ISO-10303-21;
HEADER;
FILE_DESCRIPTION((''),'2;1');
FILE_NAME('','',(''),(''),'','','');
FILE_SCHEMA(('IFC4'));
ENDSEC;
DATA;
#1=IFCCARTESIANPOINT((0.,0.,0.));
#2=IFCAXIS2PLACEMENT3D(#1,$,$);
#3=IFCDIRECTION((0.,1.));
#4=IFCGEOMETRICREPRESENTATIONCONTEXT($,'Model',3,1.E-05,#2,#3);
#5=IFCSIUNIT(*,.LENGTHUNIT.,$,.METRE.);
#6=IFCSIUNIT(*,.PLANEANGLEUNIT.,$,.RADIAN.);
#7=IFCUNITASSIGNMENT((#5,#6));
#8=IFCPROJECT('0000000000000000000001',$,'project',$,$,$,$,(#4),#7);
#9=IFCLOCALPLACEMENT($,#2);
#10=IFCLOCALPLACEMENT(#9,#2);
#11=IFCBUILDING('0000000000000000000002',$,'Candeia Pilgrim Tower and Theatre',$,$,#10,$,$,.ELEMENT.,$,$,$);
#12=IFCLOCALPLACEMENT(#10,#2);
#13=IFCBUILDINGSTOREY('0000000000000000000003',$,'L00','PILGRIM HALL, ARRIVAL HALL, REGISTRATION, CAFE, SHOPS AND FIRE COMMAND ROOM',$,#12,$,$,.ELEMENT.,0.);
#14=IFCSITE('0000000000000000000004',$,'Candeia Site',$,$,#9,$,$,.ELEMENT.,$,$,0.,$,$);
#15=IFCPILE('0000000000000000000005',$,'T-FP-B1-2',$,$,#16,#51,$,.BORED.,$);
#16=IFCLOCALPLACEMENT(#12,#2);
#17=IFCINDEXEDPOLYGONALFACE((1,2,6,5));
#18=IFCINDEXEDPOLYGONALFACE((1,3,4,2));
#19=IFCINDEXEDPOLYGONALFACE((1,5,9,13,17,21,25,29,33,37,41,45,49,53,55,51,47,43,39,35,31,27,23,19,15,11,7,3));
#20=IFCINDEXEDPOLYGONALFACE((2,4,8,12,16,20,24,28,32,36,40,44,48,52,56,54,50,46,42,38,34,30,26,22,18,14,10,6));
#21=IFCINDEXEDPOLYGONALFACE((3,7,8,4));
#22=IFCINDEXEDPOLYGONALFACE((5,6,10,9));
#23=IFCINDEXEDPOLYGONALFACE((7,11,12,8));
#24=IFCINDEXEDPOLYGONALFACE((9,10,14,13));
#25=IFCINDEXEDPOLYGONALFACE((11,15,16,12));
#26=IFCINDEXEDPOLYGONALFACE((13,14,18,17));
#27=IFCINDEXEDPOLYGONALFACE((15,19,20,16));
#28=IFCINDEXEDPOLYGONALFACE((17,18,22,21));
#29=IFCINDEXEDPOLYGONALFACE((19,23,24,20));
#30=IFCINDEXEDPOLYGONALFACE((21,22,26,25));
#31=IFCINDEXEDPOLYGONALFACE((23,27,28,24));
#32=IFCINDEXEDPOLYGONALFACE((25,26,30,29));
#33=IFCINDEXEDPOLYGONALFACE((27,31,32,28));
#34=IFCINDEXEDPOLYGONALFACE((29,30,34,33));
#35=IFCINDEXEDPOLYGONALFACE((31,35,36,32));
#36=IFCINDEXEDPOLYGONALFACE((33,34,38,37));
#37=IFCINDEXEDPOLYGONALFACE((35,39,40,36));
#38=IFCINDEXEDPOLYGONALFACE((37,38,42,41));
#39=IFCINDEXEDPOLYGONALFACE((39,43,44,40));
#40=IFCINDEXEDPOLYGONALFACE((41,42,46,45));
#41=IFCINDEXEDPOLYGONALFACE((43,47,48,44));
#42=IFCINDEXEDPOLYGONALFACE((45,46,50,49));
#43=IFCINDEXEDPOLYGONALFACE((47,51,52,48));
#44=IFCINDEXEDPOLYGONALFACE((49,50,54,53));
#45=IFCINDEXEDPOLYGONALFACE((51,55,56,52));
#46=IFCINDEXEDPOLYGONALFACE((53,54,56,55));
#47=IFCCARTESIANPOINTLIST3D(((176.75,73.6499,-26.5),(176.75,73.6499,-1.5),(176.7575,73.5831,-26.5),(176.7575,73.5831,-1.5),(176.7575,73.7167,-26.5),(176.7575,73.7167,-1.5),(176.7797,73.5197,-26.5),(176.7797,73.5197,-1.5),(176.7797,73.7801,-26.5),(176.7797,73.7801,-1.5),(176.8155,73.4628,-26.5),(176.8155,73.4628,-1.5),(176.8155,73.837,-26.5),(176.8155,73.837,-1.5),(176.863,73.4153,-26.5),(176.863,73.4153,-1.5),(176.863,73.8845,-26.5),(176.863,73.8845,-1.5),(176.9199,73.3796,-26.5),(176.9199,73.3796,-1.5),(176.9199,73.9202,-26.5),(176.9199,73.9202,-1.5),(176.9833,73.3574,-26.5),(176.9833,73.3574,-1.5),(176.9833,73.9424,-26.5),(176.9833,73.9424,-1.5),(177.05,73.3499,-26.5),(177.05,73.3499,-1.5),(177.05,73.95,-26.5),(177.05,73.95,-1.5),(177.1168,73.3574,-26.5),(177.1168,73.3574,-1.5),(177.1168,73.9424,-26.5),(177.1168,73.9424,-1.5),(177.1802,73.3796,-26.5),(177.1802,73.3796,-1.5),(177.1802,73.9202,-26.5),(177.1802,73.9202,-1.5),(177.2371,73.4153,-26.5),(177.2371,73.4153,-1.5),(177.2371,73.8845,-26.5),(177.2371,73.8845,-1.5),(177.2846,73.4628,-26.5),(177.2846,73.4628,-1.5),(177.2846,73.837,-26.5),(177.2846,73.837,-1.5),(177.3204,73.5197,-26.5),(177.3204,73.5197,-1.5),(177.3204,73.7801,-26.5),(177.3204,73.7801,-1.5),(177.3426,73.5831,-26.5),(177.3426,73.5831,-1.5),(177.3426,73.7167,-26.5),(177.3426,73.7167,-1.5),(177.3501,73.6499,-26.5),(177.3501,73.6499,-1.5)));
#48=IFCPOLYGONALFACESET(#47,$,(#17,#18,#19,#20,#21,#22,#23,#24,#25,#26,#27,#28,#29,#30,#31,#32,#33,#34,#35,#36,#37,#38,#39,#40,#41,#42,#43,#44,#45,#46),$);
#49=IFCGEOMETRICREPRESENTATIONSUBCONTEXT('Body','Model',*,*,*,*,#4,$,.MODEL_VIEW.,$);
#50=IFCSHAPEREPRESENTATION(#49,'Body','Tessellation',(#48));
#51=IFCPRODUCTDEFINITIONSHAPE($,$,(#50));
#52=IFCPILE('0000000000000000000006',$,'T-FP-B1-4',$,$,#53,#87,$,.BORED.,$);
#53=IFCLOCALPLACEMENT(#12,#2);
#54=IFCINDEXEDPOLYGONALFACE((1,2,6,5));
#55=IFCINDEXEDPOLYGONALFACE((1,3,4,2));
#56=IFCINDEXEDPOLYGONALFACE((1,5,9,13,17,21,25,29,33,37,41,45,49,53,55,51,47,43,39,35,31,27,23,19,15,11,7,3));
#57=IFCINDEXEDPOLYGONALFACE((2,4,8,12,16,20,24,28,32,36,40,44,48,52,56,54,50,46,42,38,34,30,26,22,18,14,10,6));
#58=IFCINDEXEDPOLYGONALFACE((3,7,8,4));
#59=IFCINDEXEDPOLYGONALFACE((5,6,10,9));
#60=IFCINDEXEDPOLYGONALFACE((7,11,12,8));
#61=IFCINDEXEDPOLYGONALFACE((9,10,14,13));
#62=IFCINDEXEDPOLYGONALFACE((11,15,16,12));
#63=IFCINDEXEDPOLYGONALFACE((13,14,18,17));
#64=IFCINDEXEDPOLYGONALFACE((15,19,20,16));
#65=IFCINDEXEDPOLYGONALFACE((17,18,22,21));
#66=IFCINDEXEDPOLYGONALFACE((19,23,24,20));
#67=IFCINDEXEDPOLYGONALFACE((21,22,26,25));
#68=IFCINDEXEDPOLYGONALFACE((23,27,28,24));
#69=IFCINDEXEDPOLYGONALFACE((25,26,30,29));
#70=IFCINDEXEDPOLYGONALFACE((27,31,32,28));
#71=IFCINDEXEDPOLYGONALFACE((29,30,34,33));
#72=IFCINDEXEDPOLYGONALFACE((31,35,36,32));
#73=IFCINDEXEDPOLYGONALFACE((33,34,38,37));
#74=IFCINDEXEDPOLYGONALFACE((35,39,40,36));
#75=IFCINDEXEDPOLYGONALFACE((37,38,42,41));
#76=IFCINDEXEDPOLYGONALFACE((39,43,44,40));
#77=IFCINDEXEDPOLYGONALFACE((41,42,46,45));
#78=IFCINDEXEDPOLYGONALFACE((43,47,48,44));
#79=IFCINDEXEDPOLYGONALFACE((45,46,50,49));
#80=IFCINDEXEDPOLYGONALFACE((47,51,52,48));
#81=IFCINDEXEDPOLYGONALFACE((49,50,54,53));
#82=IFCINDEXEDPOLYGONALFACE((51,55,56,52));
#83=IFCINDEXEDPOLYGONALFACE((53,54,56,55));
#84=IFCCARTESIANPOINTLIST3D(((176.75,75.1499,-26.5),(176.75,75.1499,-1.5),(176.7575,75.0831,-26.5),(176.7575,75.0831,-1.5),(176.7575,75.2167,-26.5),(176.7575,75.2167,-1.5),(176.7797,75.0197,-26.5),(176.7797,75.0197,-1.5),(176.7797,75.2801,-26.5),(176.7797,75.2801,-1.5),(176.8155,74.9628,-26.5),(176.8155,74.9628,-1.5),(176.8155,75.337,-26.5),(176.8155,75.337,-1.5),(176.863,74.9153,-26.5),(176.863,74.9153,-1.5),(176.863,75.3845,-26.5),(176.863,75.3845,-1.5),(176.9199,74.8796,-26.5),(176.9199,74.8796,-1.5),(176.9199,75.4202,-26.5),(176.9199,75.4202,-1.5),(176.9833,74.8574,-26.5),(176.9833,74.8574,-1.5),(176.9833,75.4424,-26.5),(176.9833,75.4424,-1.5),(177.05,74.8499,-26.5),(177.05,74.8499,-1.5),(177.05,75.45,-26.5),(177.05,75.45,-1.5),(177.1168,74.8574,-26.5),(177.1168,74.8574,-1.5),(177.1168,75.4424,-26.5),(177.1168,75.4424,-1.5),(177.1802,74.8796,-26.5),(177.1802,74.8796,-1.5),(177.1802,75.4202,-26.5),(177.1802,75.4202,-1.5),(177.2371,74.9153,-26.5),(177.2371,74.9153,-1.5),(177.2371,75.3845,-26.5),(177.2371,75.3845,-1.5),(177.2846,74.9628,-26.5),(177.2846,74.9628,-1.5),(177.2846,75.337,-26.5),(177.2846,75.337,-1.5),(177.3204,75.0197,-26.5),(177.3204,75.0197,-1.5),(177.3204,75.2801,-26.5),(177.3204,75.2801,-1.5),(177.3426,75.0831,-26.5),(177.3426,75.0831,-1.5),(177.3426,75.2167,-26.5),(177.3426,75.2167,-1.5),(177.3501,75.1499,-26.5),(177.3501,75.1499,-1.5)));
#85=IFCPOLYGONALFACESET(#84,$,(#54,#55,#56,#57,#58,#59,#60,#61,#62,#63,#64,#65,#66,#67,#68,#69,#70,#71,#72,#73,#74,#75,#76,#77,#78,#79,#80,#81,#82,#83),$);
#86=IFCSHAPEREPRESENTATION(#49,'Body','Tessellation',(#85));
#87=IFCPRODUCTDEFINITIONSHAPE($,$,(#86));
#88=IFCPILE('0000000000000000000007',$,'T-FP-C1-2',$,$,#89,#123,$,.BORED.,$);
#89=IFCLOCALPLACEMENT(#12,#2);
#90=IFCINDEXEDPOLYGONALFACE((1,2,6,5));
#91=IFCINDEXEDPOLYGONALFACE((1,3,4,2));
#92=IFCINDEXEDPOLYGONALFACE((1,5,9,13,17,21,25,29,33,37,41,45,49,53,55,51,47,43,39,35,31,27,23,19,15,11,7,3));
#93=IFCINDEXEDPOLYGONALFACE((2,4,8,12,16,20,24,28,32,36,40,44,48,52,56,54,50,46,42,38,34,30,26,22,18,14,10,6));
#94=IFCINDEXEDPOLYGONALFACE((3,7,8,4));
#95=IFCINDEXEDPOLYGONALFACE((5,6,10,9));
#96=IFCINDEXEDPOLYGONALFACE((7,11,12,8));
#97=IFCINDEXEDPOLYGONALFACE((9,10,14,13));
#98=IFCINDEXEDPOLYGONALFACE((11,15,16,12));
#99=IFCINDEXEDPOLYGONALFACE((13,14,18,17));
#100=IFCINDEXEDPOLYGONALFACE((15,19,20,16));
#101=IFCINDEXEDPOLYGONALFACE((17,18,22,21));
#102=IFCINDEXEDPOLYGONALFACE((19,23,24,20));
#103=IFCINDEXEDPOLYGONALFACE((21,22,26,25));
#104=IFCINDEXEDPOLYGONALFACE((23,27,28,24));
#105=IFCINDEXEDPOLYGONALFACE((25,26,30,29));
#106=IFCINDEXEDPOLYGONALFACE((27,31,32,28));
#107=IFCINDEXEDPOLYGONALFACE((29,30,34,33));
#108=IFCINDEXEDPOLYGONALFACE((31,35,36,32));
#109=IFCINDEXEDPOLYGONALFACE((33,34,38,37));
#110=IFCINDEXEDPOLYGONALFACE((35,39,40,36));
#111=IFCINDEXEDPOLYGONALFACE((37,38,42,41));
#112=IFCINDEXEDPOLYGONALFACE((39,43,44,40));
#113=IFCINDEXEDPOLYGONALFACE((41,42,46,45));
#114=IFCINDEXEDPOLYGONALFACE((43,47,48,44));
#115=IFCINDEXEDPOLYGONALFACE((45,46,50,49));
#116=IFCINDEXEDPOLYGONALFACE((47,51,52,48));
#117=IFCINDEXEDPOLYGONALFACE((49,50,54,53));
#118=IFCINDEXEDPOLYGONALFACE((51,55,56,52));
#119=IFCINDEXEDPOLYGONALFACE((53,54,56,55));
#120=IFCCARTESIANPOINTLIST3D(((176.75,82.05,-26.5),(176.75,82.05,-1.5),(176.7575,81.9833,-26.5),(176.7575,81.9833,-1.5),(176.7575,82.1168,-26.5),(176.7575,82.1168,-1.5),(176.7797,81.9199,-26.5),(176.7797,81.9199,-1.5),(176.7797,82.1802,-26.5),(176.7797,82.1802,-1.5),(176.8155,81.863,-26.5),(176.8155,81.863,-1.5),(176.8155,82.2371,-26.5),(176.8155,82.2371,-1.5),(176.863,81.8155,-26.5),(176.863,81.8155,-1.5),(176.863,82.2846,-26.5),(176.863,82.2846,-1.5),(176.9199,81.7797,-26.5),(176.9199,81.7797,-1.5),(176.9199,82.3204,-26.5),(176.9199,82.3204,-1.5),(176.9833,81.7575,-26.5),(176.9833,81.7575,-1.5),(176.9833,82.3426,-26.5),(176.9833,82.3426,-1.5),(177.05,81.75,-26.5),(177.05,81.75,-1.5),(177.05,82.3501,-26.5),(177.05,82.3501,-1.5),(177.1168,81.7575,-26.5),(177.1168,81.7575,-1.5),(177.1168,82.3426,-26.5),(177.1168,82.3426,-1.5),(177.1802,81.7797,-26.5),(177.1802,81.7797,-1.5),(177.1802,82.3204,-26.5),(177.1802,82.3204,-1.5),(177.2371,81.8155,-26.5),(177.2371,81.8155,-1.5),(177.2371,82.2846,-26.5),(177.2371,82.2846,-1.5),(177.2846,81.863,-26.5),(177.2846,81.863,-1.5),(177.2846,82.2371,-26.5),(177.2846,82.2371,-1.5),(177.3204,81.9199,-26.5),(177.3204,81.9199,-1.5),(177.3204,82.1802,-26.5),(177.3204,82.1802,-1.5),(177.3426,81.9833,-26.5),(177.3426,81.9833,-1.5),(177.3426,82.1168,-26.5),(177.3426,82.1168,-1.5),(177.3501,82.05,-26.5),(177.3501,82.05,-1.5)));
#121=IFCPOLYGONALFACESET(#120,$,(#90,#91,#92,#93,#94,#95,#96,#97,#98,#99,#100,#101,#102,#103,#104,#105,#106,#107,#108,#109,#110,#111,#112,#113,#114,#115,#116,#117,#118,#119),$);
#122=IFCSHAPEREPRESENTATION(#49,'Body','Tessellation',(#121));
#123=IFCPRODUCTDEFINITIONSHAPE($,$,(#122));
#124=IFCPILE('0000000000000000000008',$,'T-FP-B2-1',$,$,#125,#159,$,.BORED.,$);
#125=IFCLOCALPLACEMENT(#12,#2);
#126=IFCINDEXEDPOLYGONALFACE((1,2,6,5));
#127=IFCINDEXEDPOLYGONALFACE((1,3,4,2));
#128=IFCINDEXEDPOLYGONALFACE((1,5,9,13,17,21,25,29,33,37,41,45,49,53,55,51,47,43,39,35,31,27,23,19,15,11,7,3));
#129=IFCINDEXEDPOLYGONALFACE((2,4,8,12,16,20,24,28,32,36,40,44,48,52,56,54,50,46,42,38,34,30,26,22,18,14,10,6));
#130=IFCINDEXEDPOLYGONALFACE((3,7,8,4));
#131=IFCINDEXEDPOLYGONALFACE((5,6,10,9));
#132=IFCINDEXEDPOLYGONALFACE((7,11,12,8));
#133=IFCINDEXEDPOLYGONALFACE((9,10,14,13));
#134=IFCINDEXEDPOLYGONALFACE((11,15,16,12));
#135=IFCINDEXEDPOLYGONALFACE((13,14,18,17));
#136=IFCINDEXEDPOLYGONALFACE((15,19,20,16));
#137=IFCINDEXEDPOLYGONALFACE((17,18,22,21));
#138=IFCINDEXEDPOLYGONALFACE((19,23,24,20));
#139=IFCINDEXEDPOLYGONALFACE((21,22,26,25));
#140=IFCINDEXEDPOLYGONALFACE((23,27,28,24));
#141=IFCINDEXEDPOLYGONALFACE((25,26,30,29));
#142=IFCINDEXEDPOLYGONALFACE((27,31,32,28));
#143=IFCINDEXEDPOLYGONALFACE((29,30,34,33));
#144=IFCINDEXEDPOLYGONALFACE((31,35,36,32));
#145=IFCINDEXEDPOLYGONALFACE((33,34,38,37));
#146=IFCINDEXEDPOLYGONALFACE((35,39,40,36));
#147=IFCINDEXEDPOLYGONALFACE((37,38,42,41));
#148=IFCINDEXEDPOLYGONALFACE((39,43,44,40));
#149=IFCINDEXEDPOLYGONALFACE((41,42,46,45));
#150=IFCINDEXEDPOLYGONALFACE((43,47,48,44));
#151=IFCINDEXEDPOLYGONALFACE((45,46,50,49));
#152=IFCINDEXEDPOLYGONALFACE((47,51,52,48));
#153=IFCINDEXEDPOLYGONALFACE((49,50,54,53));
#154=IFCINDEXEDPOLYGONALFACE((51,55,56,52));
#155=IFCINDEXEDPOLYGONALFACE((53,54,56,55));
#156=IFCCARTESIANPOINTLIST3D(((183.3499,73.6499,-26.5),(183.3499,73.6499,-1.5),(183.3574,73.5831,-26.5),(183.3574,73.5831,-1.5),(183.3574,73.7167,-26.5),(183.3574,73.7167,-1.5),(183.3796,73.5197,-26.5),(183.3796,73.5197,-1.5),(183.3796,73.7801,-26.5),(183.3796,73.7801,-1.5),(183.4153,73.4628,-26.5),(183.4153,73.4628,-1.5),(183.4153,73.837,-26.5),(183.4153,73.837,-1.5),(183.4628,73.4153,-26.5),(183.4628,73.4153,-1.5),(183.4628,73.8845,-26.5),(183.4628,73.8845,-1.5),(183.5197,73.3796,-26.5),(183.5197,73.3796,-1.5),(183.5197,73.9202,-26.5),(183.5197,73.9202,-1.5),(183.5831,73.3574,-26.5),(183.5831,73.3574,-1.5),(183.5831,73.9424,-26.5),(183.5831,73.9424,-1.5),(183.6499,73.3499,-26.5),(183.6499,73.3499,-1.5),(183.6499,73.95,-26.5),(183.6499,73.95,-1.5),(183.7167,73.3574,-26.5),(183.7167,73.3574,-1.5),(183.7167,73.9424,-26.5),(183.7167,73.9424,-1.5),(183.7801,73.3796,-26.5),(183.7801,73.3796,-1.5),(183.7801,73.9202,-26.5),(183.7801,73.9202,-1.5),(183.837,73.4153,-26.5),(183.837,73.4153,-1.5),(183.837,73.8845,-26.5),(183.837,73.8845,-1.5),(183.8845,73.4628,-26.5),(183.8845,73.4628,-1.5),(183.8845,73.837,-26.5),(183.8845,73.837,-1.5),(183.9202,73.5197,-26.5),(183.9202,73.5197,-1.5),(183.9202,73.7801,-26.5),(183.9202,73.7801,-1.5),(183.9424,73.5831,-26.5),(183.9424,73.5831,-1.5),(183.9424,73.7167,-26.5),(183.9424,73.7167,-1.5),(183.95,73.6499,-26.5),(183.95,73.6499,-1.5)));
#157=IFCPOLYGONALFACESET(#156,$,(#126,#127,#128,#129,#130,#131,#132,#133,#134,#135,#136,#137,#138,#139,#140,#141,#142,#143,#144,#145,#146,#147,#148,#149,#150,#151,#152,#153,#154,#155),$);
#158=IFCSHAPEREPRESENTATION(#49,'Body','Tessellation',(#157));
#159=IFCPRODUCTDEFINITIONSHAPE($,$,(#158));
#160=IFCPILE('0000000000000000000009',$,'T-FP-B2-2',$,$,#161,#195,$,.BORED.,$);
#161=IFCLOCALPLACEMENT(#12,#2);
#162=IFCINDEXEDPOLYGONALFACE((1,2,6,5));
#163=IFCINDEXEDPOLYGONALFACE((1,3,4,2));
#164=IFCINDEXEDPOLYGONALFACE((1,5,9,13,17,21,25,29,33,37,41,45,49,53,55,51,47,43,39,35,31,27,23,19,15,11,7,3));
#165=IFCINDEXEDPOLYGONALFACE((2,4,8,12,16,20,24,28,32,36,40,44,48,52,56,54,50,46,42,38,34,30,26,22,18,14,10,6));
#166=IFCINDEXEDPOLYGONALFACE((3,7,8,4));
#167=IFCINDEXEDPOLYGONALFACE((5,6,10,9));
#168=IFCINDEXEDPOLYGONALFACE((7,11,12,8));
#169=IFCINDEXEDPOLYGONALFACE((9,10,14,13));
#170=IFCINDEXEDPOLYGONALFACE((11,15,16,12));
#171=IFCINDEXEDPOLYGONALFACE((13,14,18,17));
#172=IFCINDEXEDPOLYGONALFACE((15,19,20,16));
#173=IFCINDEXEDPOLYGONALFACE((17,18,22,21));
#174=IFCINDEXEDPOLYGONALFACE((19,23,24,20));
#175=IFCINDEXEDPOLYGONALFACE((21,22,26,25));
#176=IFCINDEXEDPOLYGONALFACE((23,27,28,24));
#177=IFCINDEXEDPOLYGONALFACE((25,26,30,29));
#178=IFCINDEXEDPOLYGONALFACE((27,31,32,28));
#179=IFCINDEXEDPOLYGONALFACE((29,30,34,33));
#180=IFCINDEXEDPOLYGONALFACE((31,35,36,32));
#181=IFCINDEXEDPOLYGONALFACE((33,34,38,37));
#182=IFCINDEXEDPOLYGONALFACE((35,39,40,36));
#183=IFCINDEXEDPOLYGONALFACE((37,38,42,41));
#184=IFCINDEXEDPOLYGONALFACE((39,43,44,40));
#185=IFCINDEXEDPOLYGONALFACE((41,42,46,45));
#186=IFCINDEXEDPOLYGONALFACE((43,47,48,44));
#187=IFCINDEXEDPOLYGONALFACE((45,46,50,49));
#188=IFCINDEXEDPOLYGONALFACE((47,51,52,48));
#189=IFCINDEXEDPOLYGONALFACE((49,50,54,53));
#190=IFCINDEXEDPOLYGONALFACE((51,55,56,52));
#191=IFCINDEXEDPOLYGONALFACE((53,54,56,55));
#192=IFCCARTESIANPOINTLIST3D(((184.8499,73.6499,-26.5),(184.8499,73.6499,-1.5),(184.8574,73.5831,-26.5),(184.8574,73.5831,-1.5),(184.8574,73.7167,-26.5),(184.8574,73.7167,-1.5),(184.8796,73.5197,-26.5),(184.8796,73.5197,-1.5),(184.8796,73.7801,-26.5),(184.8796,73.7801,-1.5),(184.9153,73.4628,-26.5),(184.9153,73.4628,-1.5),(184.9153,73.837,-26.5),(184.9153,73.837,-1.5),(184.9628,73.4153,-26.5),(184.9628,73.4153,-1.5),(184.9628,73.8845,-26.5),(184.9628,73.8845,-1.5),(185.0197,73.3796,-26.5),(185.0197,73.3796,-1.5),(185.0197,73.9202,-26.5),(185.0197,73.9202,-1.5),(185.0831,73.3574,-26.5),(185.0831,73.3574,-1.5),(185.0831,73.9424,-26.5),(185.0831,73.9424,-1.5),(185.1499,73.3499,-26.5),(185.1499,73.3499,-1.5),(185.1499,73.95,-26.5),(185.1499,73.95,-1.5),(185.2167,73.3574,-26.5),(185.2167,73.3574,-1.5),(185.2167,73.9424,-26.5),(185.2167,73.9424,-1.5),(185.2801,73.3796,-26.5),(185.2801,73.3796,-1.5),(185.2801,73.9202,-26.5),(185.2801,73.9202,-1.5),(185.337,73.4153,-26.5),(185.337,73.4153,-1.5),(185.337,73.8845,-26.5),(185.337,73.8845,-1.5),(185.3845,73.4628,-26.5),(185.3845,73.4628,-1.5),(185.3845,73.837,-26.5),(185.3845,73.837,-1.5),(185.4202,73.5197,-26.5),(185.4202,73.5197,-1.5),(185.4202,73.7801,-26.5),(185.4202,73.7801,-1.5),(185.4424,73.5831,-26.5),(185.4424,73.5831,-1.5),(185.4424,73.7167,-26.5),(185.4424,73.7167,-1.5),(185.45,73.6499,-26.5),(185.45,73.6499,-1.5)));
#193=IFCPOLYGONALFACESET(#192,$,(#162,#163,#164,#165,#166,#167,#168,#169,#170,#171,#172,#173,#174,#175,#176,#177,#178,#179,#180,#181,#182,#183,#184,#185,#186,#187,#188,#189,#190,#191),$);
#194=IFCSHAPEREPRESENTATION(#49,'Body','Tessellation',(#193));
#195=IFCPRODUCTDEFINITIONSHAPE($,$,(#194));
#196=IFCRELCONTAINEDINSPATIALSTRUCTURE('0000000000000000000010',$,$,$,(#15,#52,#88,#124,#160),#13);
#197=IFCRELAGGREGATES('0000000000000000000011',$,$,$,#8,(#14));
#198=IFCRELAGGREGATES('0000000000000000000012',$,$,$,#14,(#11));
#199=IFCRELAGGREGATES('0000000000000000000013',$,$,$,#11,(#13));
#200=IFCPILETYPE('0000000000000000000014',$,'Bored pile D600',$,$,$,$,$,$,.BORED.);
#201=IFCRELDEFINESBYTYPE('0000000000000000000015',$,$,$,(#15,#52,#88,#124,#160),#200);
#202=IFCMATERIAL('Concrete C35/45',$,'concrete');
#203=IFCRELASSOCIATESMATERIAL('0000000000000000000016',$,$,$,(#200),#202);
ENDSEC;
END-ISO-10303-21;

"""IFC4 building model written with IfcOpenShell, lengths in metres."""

from ifc_helpers import new_model, si_unit, direction, frame, origin, origin_2d, place, context, subcontext, project, spatial, circle, extrude, material, type_object, element, save


model = new_model("IFC4")

# Units and contexts
model_context = context("Model", 3, precision=1e-05, world=origin(), true_north=direction((0.0, 1.0)))
body_context = subcontext(model_context, "Body", "Model", "MODEL_VIEW")
ifc_project = project(units=[si_unit("LENGTHUNIT", "METRE"), si_unit("PLANEANGLEUNIT", "RADIAN")], contexts=[model_context])

# Site, building, storey
site_placement = place(None, origin())
site = spatial("IfcSite", under=ifc_project, at=site_placement, Name="Candeia Site", CompositionType="ELEMENT", RefElevation=0.0)
building_placement = place(site_placement, origin())
building = spatial("IfcBuilding", under=site, at=building_placement, Name="Candeia Pilgrim Tower and Theatre", CompositionType="ELEMENT")
storey_placement = place(building_placement, origin())
storey = spatial("IfcBuildingStorey", under=building, at=storey_placement, Name="L00", Description="PILGRIM HALL, ARRIVAL HALL, REGISTRATION, CAFE, SHOPS AND FIRE COMMAND ROOM", CompositionType="ELEMENT", Elevation=0.0)

# Piles
ifc_material_1 = material(Name="Concrete C35/45", Category="concrete")
pile_type = type_object("IfcPileType", Name="Bored pile D600", PredefinedType="BORED", material=ifc_material_1)
for number, where, z_axis, x_axis, name in (
    (1, (177.05, 73.6499, -1.5), (0.0, 0.0, -1.0), (1.0, 0.0, 0.0), "T-FP-B1-2"),
    (2, (177.05, 75.1499, -1.5), (0.0, 0.0, -1.0), (1.0, 0.0, 0.0), "T-FP-B1-4"),
    (3, (177.05, 82.05, -1.5), (0.0, 0.0, -1.0), (1.0, 0.0, 0.0), "T-FP-C1-2"),
    (4, (183.6499, 73.6499, -1.5), (0.0, 0.0, -1.0), (1.0, 0.0, 0.0), "T-FP-B2-1"),
    (5, (185.1499, 73.6499, -1.5), (0.0, 0.0, -1.0), (1.0, 0.0, 0.0), "T-FP-B2-2"),
):
    element("IfcPile", number, at=place(storey_placement, frame(where, z_axis=z_axis, x_axis=x_axis)), inside=storey, type_object=pile_type, Name=name, PredefinedType="BORED", context=body_context, shape_type="SweptSolid", body=[
        extrude(circle(Radius=0.3, at=origin_2d()), origin(), (0.0, 0.0, 1.0), 25.0),
    ])

save(model, "model.ifc")
